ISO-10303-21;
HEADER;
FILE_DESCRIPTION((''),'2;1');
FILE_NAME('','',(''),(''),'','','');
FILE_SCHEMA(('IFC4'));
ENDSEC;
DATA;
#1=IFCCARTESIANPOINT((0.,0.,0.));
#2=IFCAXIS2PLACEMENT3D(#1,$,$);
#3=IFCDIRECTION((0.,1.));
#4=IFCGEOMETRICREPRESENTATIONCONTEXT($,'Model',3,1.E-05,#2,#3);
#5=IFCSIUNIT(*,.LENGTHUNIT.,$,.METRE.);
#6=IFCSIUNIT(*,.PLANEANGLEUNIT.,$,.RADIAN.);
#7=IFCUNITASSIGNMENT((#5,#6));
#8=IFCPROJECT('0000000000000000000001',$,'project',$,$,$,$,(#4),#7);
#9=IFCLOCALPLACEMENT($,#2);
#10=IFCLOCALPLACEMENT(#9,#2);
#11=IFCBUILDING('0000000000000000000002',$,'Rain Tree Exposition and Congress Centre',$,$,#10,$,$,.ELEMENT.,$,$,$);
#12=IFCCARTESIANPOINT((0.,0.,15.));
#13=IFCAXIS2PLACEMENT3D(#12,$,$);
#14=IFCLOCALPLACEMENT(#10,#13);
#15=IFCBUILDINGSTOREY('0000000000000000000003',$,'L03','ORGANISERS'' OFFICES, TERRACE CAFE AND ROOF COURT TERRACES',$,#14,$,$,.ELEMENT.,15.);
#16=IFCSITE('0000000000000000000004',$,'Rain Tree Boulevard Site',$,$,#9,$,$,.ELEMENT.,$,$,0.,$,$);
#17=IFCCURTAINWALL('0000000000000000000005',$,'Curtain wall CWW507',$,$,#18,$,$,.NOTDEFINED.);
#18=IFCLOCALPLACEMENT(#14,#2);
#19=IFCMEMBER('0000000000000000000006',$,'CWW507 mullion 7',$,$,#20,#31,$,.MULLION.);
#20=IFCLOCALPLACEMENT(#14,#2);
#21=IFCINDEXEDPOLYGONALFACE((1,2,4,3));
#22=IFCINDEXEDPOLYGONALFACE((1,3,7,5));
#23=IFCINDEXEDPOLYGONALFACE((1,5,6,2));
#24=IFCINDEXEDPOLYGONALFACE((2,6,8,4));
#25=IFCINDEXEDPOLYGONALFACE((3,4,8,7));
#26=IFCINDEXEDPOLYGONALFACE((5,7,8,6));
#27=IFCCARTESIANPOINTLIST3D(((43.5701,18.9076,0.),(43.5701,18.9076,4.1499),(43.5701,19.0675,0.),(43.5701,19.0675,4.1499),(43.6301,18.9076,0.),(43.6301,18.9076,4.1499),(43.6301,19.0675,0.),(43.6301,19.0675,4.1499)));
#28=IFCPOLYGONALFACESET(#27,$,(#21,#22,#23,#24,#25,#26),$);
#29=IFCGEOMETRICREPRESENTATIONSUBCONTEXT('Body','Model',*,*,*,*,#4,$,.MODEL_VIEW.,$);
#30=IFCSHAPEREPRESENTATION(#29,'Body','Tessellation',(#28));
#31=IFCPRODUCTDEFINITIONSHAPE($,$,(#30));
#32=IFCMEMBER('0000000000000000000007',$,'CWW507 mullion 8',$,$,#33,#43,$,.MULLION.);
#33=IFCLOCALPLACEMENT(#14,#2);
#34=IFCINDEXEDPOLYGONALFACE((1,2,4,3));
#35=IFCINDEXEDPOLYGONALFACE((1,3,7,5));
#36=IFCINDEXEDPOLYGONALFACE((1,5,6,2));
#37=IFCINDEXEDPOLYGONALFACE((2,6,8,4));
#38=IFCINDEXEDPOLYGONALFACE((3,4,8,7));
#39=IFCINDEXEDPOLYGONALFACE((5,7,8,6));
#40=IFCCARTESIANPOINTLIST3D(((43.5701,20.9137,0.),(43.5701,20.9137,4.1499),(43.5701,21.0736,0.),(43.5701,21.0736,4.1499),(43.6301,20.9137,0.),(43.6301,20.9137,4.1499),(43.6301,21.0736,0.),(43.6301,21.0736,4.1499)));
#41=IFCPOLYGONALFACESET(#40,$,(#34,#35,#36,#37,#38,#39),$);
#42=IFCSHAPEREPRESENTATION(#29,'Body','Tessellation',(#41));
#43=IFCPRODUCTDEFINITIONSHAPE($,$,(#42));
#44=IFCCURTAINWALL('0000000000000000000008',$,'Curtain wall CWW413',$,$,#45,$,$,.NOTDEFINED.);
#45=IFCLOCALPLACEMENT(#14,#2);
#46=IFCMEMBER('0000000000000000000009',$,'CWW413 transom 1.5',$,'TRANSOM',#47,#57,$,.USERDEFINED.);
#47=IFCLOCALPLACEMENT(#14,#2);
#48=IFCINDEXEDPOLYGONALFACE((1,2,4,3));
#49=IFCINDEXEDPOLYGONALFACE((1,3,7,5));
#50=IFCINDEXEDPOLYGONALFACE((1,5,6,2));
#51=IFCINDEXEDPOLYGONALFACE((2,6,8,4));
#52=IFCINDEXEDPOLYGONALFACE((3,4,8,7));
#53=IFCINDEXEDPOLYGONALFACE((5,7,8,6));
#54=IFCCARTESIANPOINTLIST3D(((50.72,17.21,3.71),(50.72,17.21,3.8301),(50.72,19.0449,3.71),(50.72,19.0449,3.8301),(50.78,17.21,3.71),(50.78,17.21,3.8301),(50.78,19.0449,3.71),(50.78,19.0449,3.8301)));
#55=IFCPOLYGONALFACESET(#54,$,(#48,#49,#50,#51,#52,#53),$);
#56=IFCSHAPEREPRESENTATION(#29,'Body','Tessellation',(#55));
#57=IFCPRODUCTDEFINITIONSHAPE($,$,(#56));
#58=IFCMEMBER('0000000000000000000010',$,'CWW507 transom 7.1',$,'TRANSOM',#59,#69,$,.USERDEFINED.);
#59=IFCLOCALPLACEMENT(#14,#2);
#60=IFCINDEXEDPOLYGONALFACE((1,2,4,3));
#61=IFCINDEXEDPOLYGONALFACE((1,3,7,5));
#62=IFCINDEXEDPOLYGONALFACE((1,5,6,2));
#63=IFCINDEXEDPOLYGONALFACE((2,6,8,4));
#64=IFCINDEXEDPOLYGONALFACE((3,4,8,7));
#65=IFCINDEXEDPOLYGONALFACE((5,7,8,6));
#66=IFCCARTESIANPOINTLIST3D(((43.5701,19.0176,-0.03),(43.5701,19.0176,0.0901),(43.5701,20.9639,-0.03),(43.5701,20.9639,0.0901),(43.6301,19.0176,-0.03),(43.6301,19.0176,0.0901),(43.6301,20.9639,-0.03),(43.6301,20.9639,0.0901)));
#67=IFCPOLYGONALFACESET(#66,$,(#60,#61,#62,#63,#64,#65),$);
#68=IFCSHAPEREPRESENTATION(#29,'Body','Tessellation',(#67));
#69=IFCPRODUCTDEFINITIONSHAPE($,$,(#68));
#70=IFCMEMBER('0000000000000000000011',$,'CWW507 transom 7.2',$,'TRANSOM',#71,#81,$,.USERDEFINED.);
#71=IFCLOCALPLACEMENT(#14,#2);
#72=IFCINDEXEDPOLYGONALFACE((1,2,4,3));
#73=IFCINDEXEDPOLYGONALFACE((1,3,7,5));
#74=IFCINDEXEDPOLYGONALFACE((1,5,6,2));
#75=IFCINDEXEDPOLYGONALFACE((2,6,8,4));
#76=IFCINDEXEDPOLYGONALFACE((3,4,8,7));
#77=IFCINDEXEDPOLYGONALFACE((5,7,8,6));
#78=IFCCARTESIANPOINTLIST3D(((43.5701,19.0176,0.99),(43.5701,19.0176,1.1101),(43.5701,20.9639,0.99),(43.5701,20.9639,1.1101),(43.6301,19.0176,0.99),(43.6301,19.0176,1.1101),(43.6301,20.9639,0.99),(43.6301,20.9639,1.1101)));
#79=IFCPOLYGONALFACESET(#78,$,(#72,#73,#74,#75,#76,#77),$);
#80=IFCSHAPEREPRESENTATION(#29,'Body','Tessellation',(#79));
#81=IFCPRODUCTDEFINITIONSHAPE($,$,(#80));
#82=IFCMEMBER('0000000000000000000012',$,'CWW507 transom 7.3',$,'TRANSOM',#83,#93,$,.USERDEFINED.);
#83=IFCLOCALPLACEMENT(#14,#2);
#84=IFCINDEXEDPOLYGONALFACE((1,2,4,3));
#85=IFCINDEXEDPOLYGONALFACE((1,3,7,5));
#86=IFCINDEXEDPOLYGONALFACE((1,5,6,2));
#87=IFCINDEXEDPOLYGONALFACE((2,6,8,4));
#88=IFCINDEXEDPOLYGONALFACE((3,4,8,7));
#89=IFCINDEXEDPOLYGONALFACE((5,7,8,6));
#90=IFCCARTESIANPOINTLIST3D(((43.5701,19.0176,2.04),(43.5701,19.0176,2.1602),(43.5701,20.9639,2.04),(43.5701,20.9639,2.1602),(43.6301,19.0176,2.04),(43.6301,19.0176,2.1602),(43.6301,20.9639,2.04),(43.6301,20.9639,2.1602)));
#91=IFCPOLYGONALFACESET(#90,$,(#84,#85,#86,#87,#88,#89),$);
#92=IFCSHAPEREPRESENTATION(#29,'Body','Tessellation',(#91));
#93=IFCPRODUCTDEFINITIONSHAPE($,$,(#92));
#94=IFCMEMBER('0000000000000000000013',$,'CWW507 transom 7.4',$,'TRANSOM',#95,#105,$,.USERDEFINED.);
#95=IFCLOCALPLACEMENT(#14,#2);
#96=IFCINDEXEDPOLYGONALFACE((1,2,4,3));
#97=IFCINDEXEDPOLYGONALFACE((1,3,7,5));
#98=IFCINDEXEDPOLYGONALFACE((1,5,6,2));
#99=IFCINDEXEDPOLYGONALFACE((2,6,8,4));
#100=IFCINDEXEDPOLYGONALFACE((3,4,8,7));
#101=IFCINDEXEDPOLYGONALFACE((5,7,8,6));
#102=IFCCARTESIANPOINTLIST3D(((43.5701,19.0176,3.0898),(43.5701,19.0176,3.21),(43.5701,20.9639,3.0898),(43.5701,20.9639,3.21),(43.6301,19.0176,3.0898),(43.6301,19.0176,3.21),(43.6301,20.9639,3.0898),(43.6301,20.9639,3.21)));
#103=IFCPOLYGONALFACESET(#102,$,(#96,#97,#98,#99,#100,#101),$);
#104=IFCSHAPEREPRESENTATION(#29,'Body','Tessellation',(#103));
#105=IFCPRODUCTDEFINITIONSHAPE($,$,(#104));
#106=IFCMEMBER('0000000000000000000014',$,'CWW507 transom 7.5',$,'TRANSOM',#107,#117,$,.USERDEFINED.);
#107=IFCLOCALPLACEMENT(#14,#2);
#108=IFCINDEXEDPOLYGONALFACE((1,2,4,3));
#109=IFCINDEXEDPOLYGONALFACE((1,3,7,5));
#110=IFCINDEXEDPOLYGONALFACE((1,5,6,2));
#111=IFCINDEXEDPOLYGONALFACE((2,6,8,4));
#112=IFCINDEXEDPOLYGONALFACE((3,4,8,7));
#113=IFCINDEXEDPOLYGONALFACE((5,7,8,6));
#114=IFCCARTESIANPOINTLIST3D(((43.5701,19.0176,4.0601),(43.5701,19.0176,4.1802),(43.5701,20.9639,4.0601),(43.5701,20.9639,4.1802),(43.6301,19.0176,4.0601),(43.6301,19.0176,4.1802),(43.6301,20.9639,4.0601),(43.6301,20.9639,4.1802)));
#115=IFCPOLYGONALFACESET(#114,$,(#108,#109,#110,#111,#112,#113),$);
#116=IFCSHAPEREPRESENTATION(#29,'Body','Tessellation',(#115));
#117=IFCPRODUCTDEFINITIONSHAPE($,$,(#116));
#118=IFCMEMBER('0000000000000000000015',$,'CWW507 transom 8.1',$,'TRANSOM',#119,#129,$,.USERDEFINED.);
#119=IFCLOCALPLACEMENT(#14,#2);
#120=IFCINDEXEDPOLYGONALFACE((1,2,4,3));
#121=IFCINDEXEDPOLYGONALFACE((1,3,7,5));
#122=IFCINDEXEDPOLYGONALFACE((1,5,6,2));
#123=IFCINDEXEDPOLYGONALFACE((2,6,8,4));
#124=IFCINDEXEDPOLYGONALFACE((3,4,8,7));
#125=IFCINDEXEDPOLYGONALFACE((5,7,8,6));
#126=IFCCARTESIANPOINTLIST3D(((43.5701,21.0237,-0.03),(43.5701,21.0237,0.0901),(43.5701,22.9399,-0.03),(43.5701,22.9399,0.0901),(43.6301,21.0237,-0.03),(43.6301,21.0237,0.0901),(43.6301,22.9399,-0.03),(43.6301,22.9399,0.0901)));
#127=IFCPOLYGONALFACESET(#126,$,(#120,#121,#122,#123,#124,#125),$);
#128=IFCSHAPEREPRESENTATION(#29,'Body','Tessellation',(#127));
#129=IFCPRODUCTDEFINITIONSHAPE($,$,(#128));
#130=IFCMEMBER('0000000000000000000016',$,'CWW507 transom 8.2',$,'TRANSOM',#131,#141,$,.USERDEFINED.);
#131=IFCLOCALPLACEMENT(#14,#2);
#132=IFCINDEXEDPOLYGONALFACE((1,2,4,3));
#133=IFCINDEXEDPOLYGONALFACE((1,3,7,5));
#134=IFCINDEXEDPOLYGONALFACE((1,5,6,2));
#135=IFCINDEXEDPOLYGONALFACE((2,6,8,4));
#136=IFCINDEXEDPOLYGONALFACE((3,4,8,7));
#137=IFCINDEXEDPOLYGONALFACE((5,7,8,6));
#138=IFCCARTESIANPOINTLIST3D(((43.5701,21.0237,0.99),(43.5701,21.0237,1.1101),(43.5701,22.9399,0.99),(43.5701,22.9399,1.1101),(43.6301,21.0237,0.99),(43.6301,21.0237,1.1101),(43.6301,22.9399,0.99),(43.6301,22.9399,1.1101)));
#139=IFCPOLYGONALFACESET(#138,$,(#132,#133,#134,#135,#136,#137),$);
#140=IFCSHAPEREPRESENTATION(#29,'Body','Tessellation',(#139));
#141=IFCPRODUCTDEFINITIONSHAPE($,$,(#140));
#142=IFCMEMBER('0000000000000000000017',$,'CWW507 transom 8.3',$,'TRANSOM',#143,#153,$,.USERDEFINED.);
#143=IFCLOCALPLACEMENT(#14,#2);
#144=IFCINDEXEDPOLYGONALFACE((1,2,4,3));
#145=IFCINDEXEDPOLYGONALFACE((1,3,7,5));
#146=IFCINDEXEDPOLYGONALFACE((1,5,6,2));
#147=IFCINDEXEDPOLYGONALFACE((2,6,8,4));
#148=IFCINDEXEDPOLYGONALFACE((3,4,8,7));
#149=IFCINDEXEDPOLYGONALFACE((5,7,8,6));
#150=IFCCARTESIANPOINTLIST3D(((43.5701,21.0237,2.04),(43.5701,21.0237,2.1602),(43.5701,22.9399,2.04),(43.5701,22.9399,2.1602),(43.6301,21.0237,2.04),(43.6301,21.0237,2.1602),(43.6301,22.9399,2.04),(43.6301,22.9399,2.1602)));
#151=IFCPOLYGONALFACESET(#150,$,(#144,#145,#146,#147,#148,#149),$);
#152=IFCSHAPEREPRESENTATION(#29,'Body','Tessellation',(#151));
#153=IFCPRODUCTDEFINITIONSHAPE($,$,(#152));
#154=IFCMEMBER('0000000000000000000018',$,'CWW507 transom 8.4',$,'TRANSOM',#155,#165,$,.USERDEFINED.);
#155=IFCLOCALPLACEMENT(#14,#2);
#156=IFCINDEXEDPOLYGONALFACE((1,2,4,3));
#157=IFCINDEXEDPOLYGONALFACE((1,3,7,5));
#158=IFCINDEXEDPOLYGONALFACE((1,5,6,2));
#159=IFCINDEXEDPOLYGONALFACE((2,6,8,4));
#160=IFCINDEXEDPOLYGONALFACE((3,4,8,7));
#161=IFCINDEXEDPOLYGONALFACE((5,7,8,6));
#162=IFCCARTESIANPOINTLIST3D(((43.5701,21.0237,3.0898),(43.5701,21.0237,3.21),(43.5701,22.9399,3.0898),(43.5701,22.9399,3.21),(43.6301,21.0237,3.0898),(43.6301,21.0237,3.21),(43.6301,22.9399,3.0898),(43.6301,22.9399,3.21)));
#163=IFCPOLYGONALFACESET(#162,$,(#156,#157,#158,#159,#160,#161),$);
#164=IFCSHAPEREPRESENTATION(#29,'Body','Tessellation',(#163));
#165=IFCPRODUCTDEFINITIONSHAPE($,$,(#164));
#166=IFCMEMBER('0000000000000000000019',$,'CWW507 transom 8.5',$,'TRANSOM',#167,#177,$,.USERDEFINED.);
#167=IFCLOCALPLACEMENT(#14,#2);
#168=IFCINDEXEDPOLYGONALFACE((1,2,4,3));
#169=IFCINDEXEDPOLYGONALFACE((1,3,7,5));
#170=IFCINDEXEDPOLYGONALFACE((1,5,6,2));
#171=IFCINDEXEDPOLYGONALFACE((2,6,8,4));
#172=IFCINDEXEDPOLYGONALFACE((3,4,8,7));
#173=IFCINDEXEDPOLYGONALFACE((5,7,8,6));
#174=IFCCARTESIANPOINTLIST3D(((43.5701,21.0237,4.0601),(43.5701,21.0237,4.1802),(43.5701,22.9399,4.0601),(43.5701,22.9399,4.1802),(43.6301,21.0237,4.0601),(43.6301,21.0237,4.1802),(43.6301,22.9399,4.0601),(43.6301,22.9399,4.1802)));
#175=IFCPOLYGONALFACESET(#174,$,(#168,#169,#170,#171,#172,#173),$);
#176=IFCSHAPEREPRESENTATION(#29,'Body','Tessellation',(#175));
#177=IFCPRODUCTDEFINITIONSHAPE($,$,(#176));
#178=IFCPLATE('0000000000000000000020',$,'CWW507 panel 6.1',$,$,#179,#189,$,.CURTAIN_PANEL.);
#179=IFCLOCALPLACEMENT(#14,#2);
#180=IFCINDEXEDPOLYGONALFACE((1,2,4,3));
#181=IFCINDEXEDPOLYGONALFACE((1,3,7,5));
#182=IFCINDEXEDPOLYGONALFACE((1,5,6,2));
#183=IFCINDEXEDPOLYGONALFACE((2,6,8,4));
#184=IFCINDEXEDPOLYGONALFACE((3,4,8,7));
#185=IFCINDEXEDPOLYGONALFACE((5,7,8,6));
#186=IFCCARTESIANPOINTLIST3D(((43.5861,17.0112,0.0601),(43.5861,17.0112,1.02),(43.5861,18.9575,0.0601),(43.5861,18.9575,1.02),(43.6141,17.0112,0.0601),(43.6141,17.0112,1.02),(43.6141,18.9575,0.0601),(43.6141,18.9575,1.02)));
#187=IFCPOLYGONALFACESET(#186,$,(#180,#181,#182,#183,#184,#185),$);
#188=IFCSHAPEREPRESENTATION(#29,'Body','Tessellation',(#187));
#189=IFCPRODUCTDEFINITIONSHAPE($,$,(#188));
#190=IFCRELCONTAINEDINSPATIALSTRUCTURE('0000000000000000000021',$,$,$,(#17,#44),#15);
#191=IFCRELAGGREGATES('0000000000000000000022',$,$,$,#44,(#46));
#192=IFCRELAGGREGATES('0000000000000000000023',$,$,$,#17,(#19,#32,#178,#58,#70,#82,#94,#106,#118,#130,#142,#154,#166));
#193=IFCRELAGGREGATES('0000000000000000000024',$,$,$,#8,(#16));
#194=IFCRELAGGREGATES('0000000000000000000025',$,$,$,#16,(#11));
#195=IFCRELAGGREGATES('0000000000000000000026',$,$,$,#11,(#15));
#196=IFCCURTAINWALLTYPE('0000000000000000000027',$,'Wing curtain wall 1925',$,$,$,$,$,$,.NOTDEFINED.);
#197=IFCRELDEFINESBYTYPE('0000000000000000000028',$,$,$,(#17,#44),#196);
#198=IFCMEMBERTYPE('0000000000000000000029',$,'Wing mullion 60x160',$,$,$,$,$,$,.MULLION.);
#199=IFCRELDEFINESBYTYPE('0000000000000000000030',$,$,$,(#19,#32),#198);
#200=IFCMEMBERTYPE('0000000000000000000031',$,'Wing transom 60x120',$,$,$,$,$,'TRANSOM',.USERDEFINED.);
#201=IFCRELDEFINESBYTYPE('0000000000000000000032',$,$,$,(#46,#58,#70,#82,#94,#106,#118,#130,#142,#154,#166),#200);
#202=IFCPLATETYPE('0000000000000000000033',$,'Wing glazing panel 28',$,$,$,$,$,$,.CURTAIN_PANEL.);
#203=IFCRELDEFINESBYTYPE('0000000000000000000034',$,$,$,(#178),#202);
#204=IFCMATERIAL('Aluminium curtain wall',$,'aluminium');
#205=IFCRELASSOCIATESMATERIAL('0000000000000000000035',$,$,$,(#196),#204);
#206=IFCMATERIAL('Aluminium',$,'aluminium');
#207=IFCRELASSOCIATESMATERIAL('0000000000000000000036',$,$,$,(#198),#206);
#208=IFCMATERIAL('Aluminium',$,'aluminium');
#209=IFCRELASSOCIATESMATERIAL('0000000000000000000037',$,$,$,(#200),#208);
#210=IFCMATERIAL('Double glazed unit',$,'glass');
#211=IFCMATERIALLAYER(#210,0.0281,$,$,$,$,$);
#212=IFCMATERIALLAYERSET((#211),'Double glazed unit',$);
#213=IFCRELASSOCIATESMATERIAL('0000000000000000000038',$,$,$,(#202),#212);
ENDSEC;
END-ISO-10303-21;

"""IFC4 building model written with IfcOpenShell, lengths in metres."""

from ifc_helpers import new_model, si_unit, direction, frame, origin, origin_2d, place, context, subcontext, project, spatial, rectangle, extrude, material, layer, layer_set, material_profile, profile_set, type_object, element, aggregate, save


model = new_model("IFC4")

# Units and contexts
model_context = context("Model", 3, precision=1e-05, world=origin(), true_north=direction((0.0, 1.0)))
body_context = subcontext(model_context, "Body", "Model", "MODEL_VIEW")
ifc_project = project(units=[si_unit("LENGTHUNIT", "METRE"), si_unit("PLANEANGLEUNIT", "RADIAN")], contexts=[model_context])

# Site, building, storey
site_placement = place(None, origin())
site = spatial("IfcSite", under=ifc_project, at=site_placement, Name="Rain Tree Boulevard Site", CompositionType="ELEMENT", RefElevation=0.0)
building_placement = place(site_placement, origin())
building = spatial("IfcBuilding", under=site, at=building_placement, Name="Rain Tree Exposition and Congress Centre", CompositionType="ELEMENT")
storey_placement = place(building_placement, frame((0.0, 0.0, 15.0)))
storey = spatial("IfcBuildingStorey", under=building, at=storey_placement, Name="L03", Description="ORGANISERS' OFFICES, TERRACE CAFE AND ROOF COURT TERRACES", CompositionType="ELEMENT", Elevation=15.0)

# Curtain wall, members
ifc_material_1 = material(Name="Aluminium curtain wall", Category="aluminium")
curtain_wall_type = type_object("IfcCurtainWallType", Name="Wing curtain wall 1925", PredefinedType="NOTDEFINED", material=ifc_material_1)
curtain_wall_1_placement = place(storey_placement, origin())
curtain_wall_1 = element("IfcCurtainWall", 1, at=curtain_wall_1_placement, inside=storey, type_object=curtain_wall_type, Name="Curtain wall CWW507", PredefinedType="NOTDEFINED")
ifc_material_2 = material(Name="Aluminium", Category="aluminium")
ifc_material_profile_1 = material_profile(ifc_material_2, rectangle(XDim=0.0601, YDim=0.1599, at=origin_2d()), Name="Aluminium 60x160")
ifc_profile_set_1 = profile_set([ifc_material_profile_1], Name="Aluminium")
member_type_1 = type_object("IfcMemberType", Name="Wing mullion 60x160", PredefinedType="MULLION", material=ifc_profile_set_1)
member_1_placement = place(storey_placement, frame((43.6001, 18.9875, 0.0), z_axis=(0.0, 0.0, 1.0), x_axis=(-1.0, 0.0, 0.0)))
member_1 = element("IfcMember", 2, at=member_1_placement, type_object=member_type_1, Name="CWW507 mullion 7", PredefinedType="MULLION", context=body_context, shape_type="SweptSolid", body=[
    extrude(rectangle(XDim=0.0601, YDim=0.1599, at=origin_2d()), origin(), (0.0, 0.0, 1.0), 4.1499),
])
member_2_placement = place(storey_placement, frame((43.6001, 20.9937, 0.0), z_axis=(0.0, 0.0, 1.0), x_axis=(-1.0, 0.0, 0.0)))
member_2 = element("IfcMember", 3, at=member_2_placement, type_object=member_type_1, Name="CWW507 mullion 8", PredefinedType="MULLION", context=body_context, shape_type="SweptSolid", body=[
    extrude(rectangle(XDim=0.0601, YDim=0.1599, at=origin_2d()), origin(), (0.0, 0.0, 1.0), 4.1499),
])

# Curtain wall, member
curtain_wall_2_placement = place(storey_placement, origin())
curtain_wall_2 = element("IfcCurtainWall", 4, at=curtain_wall_2_placement, inside=storey, type_object=curtain_wall_type, Name="Curtain wall CWW413", PredefinedType="NOTDEFINED")
ifc_material_3 = material(Name="Aluminium", Category="aluminium")
ifc_material_profile_2 = material_profile(ifc_material_3, rectangle(XDim=0.0601, YDim=0.1201, at=origin_2d()), Name="Aluminium 60x120")
ifc_profile_set_2 = profile_set([ifc_material_profile_2], Name="Aluminium")
member_type_2 = type_object("IfcMemberType", Name="Wing transom 60x120", ElementType="TRANSOM", PredefinedType="USERDEFINED", material=ifc_profile_set_2)
member_3_placement = place(storey_placement, frame((50.75, 17.21, 3.77), z_axis=(0.0, 1.0, 0.0), x_axis=(-1.0, 0.0, 0.0)))
member_3 = element("IfcMember", 5, at=member_3_placement, type_object=member_type_2, Name="CWW413 transom 1.5", ObjectType="TRANSOM", PredefinedType="USERDEFINED", context=body_context, shape_type="SweptSolid", body=[
    extrude(rectangle(XDim=0.0601, YDim=0.1201, at=origin_2d()), origin(), (0.0, 0.0, 1.0), 1.835),
])
aggregate(curtain_wall_2, [member_3])

# Members
member_4_placement = place(storey_placement, frame((43.6001, 19.0176, 0.03), z_axis=(0.0, 1.0, 0.0), x_axis=(-1.0, 0.0, 0.0)))
member_4 = element("IfcMember", 6, at=member_4_placement, type_object=member_type_2, Name="CWW507 transom 7.1", ObjectType="TRANSOM", PredefinedType="USERDEFINED", context=body_context, shape_type="SweptSolid", body=[
    extrude(rectangle(XDim=0.0601, YDim=0.1201, at=origin_2d()), origin(), (0.0, 0.0, 1.0), 1.9463),
])
member_5_placement = place(storey_placement, frame((43.6001, 19.0176, 1.05), z_axis=(0.0, 1.0, 0.0), x_axis=(-1.0, 0.0, 0.0)))
member_5 = element("IfcMember", 7, at=member_5_placement, type_object=member_type_2, Name="CWW507 transom 7.2", ObjectType="TRANSOM", PredefinedType="USERDEFINED", context=body_context, shape_type="SweptSolid", body=[
    extrude(rectangle(XDim=0.0601, YDim=0.1201, at=origin_2d()), origin(), (0.0, 0.0, 1.0), 1.9463),
])
member_6_placement = place(storey_placement, frame((43.6001, 19.0176, 2.1001), z_axis=(0.0, 1.0, 0.0), x_axis=(-1.0, 0.0, 0.0)))
member_6 = element("IfcMember", 8, at=member_6_placement, type_object=member_type_2, Name="CWW507 transom 7.3", ObjectType="TRANSOM", PredefinedType="USERDEFINED", context=body_context, shape_type="SweptSolid", body=[
    extrude(rectangle(XDim=0.0601, YDim=0.1201, at=origin_2d()), origin(), (0.0, 0.0, 1.0), 1.9463),
])
member_7_placement = place(storey_placement, frame((43.6001, 19.0176, 3.1499), z_axis=(0.0, 1.0, 0.0), x_axis=(-1.0, 0.0, 0.0)))
member_7 = element("IfcMember", 9, at=member_7_placement, type_object=member_type_2, Name="CWW507 transom 7.4", ObjectType="TRANSOM", PredefinedType="USERDEFINED", context=body_context, shape_type="SweptSolid", body=[
    extrude(rectangle(XDim=0.0601, YDim=0.1201, at=origin_2d()), origin(), (0.0, 0.0, 1.0), 1.9463),
])
member_8_placement = place(storey_placement, frame((43.6001, 19.0176, 4.1201), z_axis=(0.0, 1.0, 0.0), x_axis=(-1.0, 0.0, 0.0)))
member_8 = element("IfcMember", 10, at=member_8_placement, type_object=member_type_2, Name="CWW507 transom 7.5", ObjectType="TRANSOM", PredefinedType="USERDEFINED", context=body_context, shape_type="SweptSolid", body=[
    extrude(rectangle(XDim=0.0601, YDim=0.1201, at=origin_2d()), origin(), (0.0, 0.0, 1.0), 1.9463),
])
member_9_placement = place(storey_placement, frame((43.6001, 21.0237, 0.03), z_axis=(0.0, 1.0, 0.0), x_axis=(-1.0, 0.0, 0.0)))
member_9 = element("IfcMember", 11, at=member_9_placement, type_object=member_type_2, Name="CWW507 transom 8.1", ObjectType="TRANSOM", PredefinedType="USERDEFINED", context=body_context, shape_type="SweptSolid", body=[
    extrude(rectangle(XDim=0.0601, YDim=0.1201, at=origin_2d()), origin(), (0.0, 0.0, 1.0), 1.9163),
])
member_10_placement = place(storey_placement, frame((43.6001, 21.0237, 1.05), z_axis=(0.0, 1.0, 0.0), x_axis=(-1.0, 0.0, 0.0)))
member_10 = element("IfcMember", 12, at=member_10_placement, type_object=member_type_2, Name="CWW507 transom 8.2", ObjectType="TRANSOM", PredefinedType="USERDEFINED", context=body_context, shape_type="SweptSolid", body=[
    extrude(rectangle(XDim=0.0601, YDim=0.1201, at=origin_2d()), origin(), (0.0, 0.0, 1.0), 1.9163),
])
member_11_placement = place(storey_placement, frame((43.6001, 21.0237, 2.1001), z_axis=(0.0, 1.0, 0.0), x_axis=(-1.0, 0.0, 0.0)))
member_11 = element("IfcMember", 13, at=member_11_placement, type_object=member_type_2, Name="CWW507 transom 8.3", ObjectType="TRANSOM", PredefinedType="USERDEFINED", context=body_context, shape_type="SweptSolid", body=[
    extrude(rectangle(XDim=0.0601, YDim=0.1201, at=origin_2d()), origin(), (0.0, 0.0, 1.0), 1.9163),
])
member_12_placement = place(storey_placement, frame((43.6001, 21.0237, 3.1499), z_axis=(0.0, 1.0, 0.0), x_axis=(-1.0, 0.0, 0.0)))
member_12 = element("IfcMember", 14, at=member_12_placement, type_object=member_type_2, Name="CWW507 transom 8.4", ObjectType="TRANSOM", PredefinedType="USERDEFINED", context=body_context, shape_type="SweptSolid", body=[
    extrude(rectangle(XDim=0.0601, YDim=0.1201, at=origin_2d()), origin(), (0.0, 0.0, 1.0), 1.9163),
])
member_13_placement = place(storey_placement, frame((43.6001, 21.0237, 4.1201), z_axis=(0.0, 1.0, 0.0), x_axis=(-1.0, 0.0, 0.0)))
member_13 = element("IfcMember", 15, at=member_13_placement, type_object=member_type_2, Name="CWW507 transom 8.5", ObjectType="TRANSOM", PredefinedType="USERDEFINED", context=body_context, shape_type="SweptSolid", body=[
    extrude(rectangle(XDim=0.0601, YDim=0.1201, at=origin_2d()), origin(), (0.0, 0.0, 1.0), 1.9163),
])

# Plate
ifc_material_4 = material(Name="Double glazed unit", Category="glass")
ifc_layer = layer(ifc_material_4, 0.0281)
ifc_layer_set = layer_set([ifc_layer], Name="Double glazed unit")
plate_type = type_object("IfcPlateType", Name="Wing glazing panel 28", PredefinedType="CURTAIN_PANEL", material=ifc_layer_set)
plate_1_placement = place(storey_placement, frame((43.6001, 17.9844, 0.0601), z_axis=(0.0, 0.0, 1.0), x_axis=(0.0, 1.0, 0.0)))
plate_1 = element("IfcPlate", 16, at=plate_1_placement, type_object=plate_type, Name="CWW507 panel 6.1", PredefinedType="CURTAIN_PANEL", context=body_context, shape_type="SweptSolid", body=[
    extrude(rectangle(XDim=1.9463, YDim=0.0281, at=origin_2d()), origin(), (0.0, 0.0, 1.0), 0.96),
])
aggregate(curtain_wall_1, [member_1, member_2, plate_1, member_4, member_5, member_6, member_7, member_8, member_9, member_10, member_11, member_12, member_13])

save(model, "model.ifc")
